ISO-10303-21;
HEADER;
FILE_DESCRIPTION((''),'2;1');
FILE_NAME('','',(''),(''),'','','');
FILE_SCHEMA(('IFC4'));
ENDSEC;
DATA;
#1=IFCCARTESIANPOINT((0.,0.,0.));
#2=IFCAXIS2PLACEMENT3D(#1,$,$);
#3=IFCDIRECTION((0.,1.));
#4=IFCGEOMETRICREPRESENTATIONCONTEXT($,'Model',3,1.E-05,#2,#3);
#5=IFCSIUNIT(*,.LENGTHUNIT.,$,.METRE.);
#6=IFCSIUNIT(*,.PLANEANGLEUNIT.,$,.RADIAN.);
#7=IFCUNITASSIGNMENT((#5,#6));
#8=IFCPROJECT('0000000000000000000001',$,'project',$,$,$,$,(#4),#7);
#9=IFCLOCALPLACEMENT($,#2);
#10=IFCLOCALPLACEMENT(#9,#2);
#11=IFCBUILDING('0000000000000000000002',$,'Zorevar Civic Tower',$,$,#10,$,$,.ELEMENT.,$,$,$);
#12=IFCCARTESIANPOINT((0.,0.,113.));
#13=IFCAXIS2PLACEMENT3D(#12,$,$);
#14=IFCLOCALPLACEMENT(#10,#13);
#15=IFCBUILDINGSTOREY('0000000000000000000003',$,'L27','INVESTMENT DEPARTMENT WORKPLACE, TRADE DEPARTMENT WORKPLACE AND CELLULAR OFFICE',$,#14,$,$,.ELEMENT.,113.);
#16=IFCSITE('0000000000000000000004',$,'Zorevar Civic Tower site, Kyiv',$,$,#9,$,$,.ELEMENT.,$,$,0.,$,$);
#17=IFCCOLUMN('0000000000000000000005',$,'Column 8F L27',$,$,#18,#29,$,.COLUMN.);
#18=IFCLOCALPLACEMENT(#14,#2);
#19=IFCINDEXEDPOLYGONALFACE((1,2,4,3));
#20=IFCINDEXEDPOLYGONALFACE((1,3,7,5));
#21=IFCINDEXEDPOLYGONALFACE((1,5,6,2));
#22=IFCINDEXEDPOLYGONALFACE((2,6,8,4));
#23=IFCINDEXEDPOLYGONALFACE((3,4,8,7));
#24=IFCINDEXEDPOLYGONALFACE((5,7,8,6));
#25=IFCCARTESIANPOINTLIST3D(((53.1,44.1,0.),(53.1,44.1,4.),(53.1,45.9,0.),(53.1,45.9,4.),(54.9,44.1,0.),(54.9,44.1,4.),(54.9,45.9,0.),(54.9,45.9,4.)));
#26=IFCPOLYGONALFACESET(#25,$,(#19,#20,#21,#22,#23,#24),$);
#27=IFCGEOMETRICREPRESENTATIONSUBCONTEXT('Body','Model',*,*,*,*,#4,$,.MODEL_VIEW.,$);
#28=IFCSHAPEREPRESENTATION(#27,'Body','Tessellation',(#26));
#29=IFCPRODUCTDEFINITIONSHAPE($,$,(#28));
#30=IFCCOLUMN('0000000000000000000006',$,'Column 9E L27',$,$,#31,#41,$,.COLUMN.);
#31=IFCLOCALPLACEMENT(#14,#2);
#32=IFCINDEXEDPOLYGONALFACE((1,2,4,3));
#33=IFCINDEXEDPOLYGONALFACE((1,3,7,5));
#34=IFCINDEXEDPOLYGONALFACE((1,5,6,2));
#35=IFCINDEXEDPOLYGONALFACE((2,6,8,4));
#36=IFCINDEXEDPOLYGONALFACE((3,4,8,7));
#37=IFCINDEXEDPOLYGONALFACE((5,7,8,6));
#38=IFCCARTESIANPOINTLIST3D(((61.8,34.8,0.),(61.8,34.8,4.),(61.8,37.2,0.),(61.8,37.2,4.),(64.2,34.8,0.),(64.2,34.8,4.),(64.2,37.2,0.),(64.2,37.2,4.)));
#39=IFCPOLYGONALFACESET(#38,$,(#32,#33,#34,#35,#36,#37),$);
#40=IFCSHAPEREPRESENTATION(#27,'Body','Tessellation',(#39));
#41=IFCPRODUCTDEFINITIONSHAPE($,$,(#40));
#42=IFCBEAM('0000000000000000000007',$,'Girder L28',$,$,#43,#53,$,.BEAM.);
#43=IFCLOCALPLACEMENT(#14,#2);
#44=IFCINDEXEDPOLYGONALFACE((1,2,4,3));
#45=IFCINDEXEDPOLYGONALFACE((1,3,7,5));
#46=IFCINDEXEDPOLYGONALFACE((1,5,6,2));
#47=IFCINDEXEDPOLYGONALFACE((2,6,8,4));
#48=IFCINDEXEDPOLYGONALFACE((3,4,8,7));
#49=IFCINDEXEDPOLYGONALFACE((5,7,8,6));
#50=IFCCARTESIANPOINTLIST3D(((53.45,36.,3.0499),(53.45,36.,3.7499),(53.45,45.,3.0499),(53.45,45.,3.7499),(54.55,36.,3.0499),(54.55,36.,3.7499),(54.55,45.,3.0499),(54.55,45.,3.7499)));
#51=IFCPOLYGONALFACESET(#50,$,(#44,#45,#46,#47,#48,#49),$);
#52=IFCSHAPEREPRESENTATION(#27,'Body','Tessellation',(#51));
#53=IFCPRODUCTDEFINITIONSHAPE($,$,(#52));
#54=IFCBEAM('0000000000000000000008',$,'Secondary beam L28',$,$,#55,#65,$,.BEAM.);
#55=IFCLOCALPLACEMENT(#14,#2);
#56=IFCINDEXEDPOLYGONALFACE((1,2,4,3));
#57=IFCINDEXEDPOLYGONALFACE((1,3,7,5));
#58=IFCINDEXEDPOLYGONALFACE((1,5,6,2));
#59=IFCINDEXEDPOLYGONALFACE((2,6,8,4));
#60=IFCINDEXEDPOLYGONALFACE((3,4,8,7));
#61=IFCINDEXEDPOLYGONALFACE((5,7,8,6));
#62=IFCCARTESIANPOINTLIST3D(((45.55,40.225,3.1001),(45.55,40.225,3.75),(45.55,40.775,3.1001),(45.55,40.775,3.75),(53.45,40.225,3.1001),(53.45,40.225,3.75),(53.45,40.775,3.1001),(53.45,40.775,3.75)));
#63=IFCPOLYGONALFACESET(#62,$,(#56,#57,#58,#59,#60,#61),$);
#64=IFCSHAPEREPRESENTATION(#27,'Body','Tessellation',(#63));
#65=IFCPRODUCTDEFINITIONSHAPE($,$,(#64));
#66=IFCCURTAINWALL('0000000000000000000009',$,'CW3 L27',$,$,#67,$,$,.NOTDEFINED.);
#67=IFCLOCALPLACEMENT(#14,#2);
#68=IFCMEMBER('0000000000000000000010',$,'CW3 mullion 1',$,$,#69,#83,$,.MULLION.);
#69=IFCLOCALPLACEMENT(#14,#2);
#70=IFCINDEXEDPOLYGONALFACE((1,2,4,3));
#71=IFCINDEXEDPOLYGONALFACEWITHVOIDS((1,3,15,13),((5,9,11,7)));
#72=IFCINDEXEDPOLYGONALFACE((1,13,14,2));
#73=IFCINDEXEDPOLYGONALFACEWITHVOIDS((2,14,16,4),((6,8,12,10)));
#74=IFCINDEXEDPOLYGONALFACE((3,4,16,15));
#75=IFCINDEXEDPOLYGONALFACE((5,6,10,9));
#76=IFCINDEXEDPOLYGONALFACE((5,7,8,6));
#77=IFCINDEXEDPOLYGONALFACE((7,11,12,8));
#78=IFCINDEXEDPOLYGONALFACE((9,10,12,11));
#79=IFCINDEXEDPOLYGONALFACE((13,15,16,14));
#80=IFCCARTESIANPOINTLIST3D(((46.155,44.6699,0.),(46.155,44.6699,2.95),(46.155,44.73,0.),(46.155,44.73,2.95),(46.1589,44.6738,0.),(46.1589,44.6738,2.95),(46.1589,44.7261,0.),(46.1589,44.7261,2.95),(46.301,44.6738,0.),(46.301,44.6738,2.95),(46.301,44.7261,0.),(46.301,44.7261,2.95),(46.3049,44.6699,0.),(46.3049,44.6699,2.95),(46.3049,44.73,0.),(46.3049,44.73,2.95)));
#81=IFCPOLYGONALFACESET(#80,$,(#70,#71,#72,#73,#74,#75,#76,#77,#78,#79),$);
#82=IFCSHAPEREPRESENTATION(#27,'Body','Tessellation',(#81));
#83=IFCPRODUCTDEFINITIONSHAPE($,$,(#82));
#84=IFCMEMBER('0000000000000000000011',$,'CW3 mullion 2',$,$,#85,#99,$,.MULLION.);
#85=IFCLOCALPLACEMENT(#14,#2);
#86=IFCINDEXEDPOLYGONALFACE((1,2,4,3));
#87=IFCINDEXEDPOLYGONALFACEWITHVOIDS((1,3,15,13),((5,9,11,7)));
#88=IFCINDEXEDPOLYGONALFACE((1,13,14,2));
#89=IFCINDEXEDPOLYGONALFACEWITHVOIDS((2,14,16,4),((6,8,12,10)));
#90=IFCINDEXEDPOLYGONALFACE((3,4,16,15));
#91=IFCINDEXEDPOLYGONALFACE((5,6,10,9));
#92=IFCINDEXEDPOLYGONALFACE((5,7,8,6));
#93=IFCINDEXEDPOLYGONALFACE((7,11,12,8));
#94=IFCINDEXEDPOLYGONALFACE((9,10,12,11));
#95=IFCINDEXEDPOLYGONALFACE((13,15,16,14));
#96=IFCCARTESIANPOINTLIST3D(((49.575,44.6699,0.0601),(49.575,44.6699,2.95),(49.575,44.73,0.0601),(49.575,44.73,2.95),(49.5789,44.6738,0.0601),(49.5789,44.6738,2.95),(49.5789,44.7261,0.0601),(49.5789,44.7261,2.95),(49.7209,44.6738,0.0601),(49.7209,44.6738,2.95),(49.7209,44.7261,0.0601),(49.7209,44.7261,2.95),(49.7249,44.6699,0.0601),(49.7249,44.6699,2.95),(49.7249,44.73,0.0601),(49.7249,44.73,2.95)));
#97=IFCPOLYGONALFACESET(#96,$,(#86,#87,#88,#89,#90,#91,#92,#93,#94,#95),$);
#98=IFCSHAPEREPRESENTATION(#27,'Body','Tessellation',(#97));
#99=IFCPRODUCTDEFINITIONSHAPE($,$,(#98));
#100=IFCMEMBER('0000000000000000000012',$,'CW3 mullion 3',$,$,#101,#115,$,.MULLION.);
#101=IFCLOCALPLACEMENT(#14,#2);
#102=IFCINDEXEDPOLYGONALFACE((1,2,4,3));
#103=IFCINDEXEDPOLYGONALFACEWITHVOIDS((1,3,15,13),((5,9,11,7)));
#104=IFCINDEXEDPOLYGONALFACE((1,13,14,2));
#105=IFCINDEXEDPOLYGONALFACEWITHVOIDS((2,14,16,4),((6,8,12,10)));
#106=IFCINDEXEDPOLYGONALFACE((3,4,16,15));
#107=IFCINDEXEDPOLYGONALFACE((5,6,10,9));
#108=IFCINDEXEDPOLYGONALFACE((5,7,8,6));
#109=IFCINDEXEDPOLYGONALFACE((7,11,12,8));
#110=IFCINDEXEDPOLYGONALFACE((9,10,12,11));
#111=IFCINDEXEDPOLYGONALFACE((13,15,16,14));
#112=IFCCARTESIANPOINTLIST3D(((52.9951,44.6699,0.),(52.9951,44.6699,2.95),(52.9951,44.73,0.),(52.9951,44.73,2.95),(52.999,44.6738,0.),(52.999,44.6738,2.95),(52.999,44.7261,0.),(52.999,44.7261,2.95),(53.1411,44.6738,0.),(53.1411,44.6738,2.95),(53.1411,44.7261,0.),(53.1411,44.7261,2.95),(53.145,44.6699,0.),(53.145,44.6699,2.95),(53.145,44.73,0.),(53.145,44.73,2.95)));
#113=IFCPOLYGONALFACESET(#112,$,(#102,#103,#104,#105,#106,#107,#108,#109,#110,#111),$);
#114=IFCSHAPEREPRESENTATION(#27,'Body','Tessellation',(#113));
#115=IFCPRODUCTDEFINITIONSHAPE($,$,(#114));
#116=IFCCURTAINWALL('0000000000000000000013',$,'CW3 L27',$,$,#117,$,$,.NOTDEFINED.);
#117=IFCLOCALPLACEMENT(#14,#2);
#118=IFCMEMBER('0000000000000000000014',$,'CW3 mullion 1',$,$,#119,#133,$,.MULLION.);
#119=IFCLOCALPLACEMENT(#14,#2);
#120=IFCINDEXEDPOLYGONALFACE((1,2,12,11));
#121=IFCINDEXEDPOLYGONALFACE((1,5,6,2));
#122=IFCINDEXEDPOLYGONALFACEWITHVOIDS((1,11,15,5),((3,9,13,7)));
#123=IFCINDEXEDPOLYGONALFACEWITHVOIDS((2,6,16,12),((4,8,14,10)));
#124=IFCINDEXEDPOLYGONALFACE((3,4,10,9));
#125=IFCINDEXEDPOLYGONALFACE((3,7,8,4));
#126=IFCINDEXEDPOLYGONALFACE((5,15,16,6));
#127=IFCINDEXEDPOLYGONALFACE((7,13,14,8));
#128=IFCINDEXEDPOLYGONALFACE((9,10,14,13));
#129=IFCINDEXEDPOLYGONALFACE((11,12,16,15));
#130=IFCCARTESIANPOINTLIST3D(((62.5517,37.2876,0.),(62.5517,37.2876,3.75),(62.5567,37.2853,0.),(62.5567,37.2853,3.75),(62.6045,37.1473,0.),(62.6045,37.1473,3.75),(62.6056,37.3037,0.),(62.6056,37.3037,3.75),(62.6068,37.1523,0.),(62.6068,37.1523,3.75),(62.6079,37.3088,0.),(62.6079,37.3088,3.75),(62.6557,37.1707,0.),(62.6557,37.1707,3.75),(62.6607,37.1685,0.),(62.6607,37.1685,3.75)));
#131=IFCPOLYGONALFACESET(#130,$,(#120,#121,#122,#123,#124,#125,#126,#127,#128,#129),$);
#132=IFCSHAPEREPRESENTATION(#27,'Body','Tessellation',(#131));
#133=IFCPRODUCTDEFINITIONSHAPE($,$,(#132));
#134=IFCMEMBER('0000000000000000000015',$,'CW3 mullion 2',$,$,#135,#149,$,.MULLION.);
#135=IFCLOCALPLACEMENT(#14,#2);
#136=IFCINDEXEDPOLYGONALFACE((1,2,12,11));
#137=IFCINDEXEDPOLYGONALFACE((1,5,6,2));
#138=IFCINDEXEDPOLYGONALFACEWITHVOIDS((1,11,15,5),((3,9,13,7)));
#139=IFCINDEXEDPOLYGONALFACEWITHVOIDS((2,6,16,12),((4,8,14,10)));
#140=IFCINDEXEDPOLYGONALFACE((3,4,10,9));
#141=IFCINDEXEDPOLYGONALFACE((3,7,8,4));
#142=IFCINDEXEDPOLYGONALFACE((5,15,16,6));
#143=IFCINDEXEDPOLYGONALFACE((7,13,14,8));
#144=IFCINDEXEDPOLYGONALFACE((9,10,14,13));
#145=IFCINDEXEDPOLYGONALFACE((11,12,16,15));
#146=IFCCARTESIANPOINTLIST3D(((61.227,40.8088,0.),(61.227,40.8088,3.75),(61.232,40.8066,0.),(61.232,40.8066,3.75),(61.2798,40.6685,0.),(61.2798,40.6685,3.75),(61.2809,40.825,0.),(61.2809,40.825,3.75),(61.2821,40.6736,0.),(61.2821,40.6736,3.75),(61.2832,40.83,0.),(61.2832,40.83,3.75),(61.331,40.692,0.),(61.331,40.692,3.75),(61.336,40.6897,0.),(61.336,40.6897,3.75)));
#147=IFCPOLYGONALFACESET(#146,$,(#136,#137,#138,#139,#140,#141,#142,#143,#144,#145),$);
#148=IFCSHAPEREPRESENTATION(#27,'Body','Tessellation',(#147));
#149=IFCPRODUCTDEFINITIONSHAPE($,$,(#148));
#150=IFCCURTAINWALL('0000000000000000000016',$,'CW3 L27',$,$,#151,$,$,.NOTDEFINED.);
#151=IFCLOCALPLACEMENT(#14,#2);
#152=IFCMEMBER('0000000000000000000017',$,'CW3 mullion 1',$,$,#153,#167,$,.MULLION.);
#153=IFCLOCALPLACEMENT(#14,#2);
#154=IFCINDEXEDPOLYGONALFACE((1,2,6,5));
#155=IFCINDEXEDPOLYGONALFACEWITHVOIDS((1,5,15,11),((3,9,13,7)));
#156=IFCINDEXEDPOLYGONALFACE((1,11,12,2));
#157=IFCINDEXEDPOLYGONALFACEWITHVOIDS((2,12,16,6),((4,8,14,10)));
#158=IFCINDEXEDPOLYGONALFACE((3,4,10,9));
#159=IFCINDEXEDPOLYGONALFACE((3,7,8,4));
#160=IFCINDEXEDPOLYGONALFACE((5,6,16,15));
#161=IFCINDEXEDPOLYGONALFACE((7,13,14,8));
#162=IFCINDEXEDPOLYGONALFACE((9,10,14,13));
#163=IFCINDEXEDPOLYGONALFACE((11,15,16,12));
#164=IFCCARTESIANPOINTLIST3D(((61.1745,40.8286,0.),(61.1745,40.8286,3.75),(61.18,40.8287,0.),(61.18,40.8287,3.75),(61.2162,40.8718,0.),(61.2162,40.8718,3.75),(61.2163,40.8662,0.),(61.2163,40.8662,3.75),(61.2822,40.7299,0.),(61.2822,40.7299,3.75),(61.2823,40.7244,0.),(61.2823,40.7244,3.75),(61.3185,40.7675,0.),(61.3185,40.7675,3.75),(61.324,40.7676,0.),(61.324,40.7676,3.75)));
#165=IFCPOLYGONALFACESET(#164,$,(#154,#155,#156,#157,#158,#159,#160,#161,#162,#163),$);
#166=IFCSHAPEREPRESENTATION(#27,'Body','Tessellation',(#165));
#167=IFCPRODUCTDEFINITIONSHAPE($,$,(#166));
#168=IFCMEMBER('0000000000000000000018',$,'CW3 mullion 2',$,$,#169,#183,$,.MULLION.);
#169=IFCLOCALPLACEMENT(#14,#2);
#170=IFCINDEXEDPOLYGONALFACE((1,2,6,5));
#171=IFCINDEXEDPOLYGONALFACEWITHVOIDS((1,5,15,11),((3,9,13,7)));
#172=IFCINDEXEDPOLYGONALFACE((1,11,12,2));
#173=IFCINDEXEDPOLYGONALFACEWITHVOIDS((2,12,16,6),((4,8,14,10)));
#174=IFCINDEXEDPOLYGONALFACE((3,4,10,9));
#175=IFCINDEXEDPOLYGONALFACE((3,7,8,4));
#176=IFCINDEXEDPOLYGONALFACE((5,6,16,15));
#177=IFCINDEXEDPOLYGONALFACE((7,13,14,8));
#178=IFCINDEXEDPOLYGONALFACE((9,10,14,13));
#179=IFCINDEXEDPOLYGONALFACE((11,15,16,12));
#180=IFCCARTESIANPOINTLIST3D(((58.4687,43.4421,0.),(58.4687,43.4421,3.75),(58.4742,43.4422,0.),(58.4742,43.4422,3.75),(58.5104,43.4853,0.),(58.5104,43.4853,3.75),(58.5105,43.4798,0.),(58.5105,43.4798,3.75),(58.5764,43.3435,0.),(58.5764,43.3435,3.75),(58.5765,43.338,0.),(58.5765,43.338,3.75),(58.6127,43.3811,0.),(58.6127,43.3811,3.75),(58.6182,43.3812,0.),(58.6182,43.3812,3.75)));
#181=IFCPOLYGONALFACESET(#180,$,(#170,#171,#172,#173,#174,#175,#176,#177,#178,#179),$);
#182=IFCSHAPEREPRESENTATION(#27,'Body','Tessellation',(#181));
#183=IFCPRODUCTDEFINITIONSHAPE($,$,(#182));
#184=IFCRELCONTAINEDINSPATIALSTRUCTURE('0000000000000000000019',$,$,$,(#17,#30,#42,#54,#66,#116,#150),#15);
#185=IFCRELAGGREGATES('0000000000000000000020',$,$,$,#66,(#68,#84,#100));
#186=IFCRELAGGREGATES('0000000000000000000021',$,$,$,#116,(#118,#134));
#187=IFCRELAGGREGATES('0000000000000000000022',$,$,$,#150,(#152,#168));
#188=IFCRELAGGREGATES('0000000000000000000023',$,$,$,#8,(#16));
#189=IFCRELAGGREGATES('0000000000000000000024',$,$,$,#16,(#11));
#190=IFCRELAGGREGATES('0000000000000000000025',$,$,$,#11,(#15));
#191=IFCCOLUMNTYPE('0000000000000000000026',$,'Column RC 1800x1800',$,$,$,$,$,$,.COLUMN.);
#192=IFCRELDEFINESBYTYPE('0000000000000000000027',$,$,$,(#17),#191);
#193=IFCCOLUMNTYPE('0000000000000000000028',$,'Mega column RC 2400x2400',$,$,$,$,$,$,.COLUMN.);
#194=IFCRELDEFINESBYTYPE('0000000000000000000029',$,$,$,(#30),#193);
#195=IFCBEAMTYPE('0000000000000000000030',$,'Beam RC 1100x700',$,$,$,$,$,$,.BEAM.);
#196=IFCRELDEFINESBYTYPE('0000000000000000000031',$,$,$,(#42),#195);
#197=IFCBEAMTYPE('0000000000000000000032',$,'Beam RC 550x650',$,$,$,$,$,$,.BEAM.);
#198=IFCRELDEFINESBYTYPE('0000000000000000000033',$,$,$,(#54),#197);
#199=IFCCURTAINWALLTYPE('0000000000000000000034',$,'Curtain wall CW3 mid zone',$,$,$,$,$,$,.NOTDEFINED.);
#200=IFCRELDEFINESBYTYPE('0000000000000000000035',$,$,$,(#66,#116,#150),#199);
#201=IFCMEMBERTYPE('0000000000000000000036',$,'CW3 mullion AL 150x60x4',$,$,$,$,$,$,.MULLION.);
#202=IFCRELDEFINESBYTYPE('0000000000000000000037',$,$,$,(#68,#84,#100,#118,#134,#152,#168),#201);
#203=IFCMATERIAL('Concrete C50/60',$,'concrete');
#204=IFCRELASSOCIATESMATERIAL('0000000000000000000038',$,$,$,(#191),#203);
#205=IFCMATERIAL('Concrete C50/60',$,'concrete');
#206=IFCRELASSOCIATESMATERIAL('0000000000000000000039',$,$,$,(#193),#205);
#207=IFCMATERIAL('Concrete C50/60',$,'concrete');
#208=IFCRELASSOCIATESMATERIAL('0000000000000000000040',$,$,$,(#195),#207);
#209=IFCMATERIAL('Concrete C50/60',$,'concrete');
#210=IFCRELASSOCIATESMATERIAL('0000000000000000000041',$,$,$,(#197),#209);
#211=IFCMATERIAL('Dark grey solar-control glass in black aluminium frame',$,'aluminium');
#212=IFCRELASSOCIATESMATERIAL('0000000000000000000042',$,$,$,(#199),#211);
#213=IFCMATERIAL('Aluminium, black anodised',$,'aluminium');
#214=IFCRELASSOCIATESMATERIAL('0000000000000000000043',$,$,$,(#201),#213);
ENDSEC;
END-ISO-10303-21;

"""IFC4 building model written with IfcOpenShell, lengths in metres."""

from ifc_helpers import new_model, si_unit, direction, frame, origin, origin_2d, place, context, subcontext, project, spatial, rectangle, hollow_rectangle, extrude, material, material_profile, profile_set, type_object, element, aggregate, save


model = new_model("IFC4")

# Units and contexts
model_context = context("Model", 3, precision=1e-05, world=origin(), true_north=direction((0.0, 1.0)))
body_context = subcontext(model_context, "Body", "Model", "MODEL_VIEW")
ifc_project = project(units=[si_unit("LENGTHUNIT", "METRE"), si_unit("PLANEANGLEUNIT", "RADIAN")], contexts=[model_context])

# Site, building, storey
site_placement = place(None, origin())
site = spatial("IfcSite", under=ifc_project, at=site_placement, Name="Zorevar Civic Tower site, Kyiv", CompositionType="ELEMENT", RefElevation=0.0)
building_placement = place(site_placement, origin())
building = spatial("IfcBuilding", under=site, at=building_placement, Name="Zorevar Civic Tower", CompositionType="ELEMENT")
storey_placement = place(building_placement, frame((0.0, 0.0, 113.0)))
storey = spatial("IfcBuildingStorey", under=building, at=storey_placement, Name="L27", Description="INVESTMENT DEPARTMENT WORKPLACE, TRADE DEPARTMENT WORKPLACE AND CELLULAR OFFICE", CompositionType="ELEMENT", Elevation=113.0)

# Columns
ifc_material_1 = material(Name="Concrete C50/60", Category="concrete")
ifc_material_profile_1 = material_profile(ifc_material_1, rectangle(XDim=1.8, YDim=1.8, at=origin_2d()), Name="RC 1800x1800")
ifc_profile_set_1 = profile_set([ifc_material_profile_1], Name="Concrete C50/60")
column_type_1 = type_object("IfcColumnType", Name="Column RC 1800x1800", PredefinedType="COLUMN", material=ifc_profile_set_1)
column_1_placement = place(storey_placement, frame((54.0, 45.0, 0.0), z_axis=(0.0, 0.0, 1.0), x_axis=(1.0, 0.0, 0.0)))
element("IfcColumn", 1, at=column_1_placement, inside=storey, type_object=column_type_1, Name="Column 8F L27", PredefinedType="COLUMN", context=body_context, shape_type="SweptSolid", body=[
    extrude(rectangle(XDim=1.8, YDim=1.8, at=origin_2d()), origin(), (0.0, 0.0, 1.0), 4.0),
])
ifc_material_2 = material(Name="Concrete C50/60", Category="concrete")
ifc_material_profile_2 = material_profile(ifc_material_2, rectangle(XDim=2.3999, YDim=2.3999, at=origin_2d()), Name="RC 2400x2400")
ifc_profile_set_2 = profile_set([ifc_material_profile_2], Name="Concrete C50/60")
column_type_2 = type_object("IfcColumnType", Name="Mega column RC 2400x2400", PredefinedType="COLUMN", material=ifc_profile_set_2)
column_2_placement = place(storey_placement, frame((63.0, 36.0, 0.0), z_axis=(0.0, 0.0, 1.0), x_axis=(1.0, 0.0, 0.0)))
element("IfcColumn", 2, at=column_2_placement, inside=storey, type_object=column_type_2, Name="Column 9E L27", PredefinedType="COLUMN", context=body_context, shape_type="SweptSolid", body=[
    extrude(rectangle(XDim=2.3999, YDim=2.3999, at=origin_2d()), origin(), (0.0, 0.0, 1.0), 4.0),
])

# Beams
ifc_material_3 = material(Name="Concrete C50/60", Category="concrete")
ifc_material_profile_3 = material_profile(ifc_material_3, rectangle(XDim=1.1001, YDim=0.7, at=origin_2d()), Name="RC 1100x700")
ifc_profile_set_3 = profile_set([ifc_material_profile_3], Name="Concrete C50/60")
beam_type_1 = type_object("IfcBeamType", Name="Beam RC 1100x700", PredefinedType="BEAM", material=ifc_profile_set_3)
beam_1_placement = place(storey_placement, frame((54.0, 36.0, 3.3999), z_axis=(0.0, 1.0, 0.0), x_axis=(-1.0, 0.0, 0.0)))
element("IfcBeam", 3, at=beam_1_placement, inside=storey, type_object=beam_type_1, Name="Girder L28", PredefinedType="BEAM", context=body_context, shape_type="SweptSolid", body=[
    extrude(rectangle(XDim=1.1001, YDim=0.7, at=origin_2d()), origin(), (0.0, 0.0, 1.0), 9.0),
])
ifc_material_4 = material(Name="Concrete C50/60", Category="concrete")
ifc_material_profile_4 = material_profile(ifc_material_4, rectangle(XDim=0.55, YDim=0.6499, at=origin_2d()), Name="RC 550x650")
ifc_profile_set_4 = profile_set([ifc_material_profile_4], Name="Concrete C50/60")
beam_type_2 = type_object("IfcBeamType", Name="Beam RC 550x650", PredefinedType="BEAM", material=ifc_profile_set_4)
beam_2_placement = place(storey_placement, frame((45.55, 40.5, 3.425), z_axis=(1.0, 0.0, 0.0), x_axis=(0.0, 1.0, 0.0)))
element("IfcBeam", 4, at=beam_2_placement, inside=storey, type_object=beam_type_2, Name="Secondary beam L28", PredefinedType="BEAM", context=body_context, shape_type="SweptSolid", body=[
    extrude(rectangle(XDim=0.55, YDim=0.6499, at=origin_2d()), origin(), (0.0, 0.0, 1.0), 7.8999),
])

# Curtain walls, members
ifc_material_5 = material(Name="Dark grey solar-control glass in black aluminium frame", Category="aluminium")
curtain_wall_type = type_object("IfcCurtainWallType", Name="Curtain wall CW3 mid zone", PredefinedType="NOTDEFINED", material=ifc_material_5)
curtain_wall_1_placement = place(storey_placement, origin())
curtain_wall_1 = element("IfcCurtainWall", 5, at=curtain_wall_1_placement, inside=storey, type_object=curtain_wall_type, Name="CW3 L27", PredefinedType="NOTDEFINED")
ifc_material_6 = material(Name="Aluminium, black anodised", Category="aluminium")
ifc_material_profile_5 = material_profile(ifc_material_6, hollow_rectangle(XDim=0.0601, YDim=0.1499, WallThickness=0.0039, at=origin_2d()), Name="AL 150x60x4")
ifc_profile_set_5 = profile_set([ifc_material_profile_5], Name="Aluminium, black anodised")
member_type_1 = type_object("IfcMemberType", Name="CW3 mullion AL 150x60x4", PredefinedType="MULLION", material=ifc_profile_set_5)
member_1_placement = place(storey_placement, frame((46.23, 44.7, 0.0), z_axis=(0.0, 0.0, 1.0), x_axis=(0.0, 1.0, 0.0)))
member_1 = element("IfcMember", 6, at=member_1_placement, type_object=member_type_1, Name="CW3 mullion 1", PredefinedType="MULLION", context=body_context, shape_type="SweptSolid", body=[
    extrude(hollow_rectangle(XDim=0.0601, YDim=0.1499, WallThickness=0.0039, at=origin_2d()), origin(), (0.0, 0.0, 1.0), 2.95),
])
member_2_placement = place(storey_placement, frame((49.6499, 44.7, 0.0601), z_axis=(0.0, 0.0, 1.0), x_axis=(0.0, 1.0, 0.0)))
member_2 = element("IfcMember", 7, at=member_2_placement, type_object=member_type_1, Name="CW3 mullion 2", PredefinedType="MULLION", context=body_context, shape_type="SweptSolid", body=[
    extrude(hollow_rectangle(XDim=0.0601, YDim=0.1499, WallThickness=0.0039, at=origin_2d()), origin(), (0.0, 0.0, 1.0), 2.8899),
])
member_3_placement = place(storey_placement, frame((53.0701, 44.7, 0.0), z_axis=(0.0, 0.0, 1.0), x_axis=(0.0, 1.0, 0.0)))
member_3 = element("IfcMember", 8, at=member_3_placement, type_object=member_type_1, Name="CW3 mullion 3", PredefinedType="MULLION", context=body_context, shape_type="SweptSolid", body=[
    extrude(hollow_rectangle(XDim=0.0601, YDim=0.1499, WallThickness=0.0039, at=origin_2d()), origin(), (0.0, 0.0, 1.0), 2.95),
])
curtain_wall_2_placement = place(storey_placement, origin())
curtain_wall_2 = element("IfcCurtainWall", 9, at=curtain_wall_2_placement, inside=storey, type_object=curtain_wall_type, Name="CW3 L27", PredefinedType="NOTDEFINED")
member_4_placement = place(storey_placement, frame((62.6062, 37.228, 0.0), z_axis=(0.0, 0.0, 1.0), x_axis=(-0.935951, -0.352132, 0.0)))
member_4 = element("IfcMember", 10, at=member_4_placement, type_object=member_type_1, Name="CW3 mullion 1", PredefinedType="MULLION", context=body_context, shape_type="SweptSolid", body=[
    extrude(hollow_rectangle(XDim=0.0601, YDim=0.1499, WallThickness=0.0039, at=origin_2d()), origin(), (0.0, 0.0, 1.0), 3.75),
])
member_5_placement = place(storey_placement, frame((61.2815, 40.7493, 0.0), z_axis=(0.0, 0.0, 1.0), x_axis=(-0.935951, -0.352132, 0.0)))
member_5 = element("IfcMember", 11, at=member_5_placement, type_object=member_type_1, Name="CW3 mullion 2", PredefinedType="MULLION", context=body_context, shape_type="SweptSolid", body=[
    extrude(hollow_rectangle(XDim=0.0601, YDim=0.1499, WallThickness=0.0039, at=origin_2d()), origin(), (0.0, 0.0, 1.0), 3.75),
])
curtain_wall_3_placement = place(storey_placement, origin())
curtain_wall_3 = element("IfcCurtainWall", 12, at=curtain_wall_3_placement, inside=storey, type_object=curtain_wall_type, Name="CW3 L27", PredefinedType="NOTDEFINED")
member_6_placement = place(storey_placement, frame((61.2493, 40.7981, 0.0), z_axis=(0.0, 0.0, 1.0), x_axis=(-0.694719, -0.719281, 0.0)))
member_6 = element("IfcMember", 13, at=member_6_placement, type_object=member_type_1, Name="CW3 mullion 1", PredefinedType="MULLION", context=body_context, shape_type="SweptSolid", body=[
    extrude(hollow_rectangle(XDim=0.0601, YDim=0.1499, WallThickness=0.0039, at=origin_2d()), origin(), (0.0, 0.0, 1.0), 3.75),
])
member_7_placement = place(storey_placement, frame((58.5435, 43.4116, 0.0), z_axis=(0.0, 0.0, 1.0), x_axis=(-0.694719, -0.719281, 0.0)))
member_7 = element("IfcMember", 14, at=member_7_placement, type_object=member_type_1, Name="CW3 mullion 2", PredefinedType="MULLION", context=body_context, shape_type="SweptSolid", body=[
    extrude(hollow_rectangle(XDim=0.0601, YDim=0.1499, WallThickness=0.0039, at=origin_2d()), origin(), (0.0, 0.0, 1.0), 3.75),
])

aggregate(curtain_wall_1, [member_1, member_2, member_3])
aggregate(curtain_wall_2, [member_4, member_5])
aggregate(curtain_wall_3, [member_6, member_7])

save(model, "model.ifc")
